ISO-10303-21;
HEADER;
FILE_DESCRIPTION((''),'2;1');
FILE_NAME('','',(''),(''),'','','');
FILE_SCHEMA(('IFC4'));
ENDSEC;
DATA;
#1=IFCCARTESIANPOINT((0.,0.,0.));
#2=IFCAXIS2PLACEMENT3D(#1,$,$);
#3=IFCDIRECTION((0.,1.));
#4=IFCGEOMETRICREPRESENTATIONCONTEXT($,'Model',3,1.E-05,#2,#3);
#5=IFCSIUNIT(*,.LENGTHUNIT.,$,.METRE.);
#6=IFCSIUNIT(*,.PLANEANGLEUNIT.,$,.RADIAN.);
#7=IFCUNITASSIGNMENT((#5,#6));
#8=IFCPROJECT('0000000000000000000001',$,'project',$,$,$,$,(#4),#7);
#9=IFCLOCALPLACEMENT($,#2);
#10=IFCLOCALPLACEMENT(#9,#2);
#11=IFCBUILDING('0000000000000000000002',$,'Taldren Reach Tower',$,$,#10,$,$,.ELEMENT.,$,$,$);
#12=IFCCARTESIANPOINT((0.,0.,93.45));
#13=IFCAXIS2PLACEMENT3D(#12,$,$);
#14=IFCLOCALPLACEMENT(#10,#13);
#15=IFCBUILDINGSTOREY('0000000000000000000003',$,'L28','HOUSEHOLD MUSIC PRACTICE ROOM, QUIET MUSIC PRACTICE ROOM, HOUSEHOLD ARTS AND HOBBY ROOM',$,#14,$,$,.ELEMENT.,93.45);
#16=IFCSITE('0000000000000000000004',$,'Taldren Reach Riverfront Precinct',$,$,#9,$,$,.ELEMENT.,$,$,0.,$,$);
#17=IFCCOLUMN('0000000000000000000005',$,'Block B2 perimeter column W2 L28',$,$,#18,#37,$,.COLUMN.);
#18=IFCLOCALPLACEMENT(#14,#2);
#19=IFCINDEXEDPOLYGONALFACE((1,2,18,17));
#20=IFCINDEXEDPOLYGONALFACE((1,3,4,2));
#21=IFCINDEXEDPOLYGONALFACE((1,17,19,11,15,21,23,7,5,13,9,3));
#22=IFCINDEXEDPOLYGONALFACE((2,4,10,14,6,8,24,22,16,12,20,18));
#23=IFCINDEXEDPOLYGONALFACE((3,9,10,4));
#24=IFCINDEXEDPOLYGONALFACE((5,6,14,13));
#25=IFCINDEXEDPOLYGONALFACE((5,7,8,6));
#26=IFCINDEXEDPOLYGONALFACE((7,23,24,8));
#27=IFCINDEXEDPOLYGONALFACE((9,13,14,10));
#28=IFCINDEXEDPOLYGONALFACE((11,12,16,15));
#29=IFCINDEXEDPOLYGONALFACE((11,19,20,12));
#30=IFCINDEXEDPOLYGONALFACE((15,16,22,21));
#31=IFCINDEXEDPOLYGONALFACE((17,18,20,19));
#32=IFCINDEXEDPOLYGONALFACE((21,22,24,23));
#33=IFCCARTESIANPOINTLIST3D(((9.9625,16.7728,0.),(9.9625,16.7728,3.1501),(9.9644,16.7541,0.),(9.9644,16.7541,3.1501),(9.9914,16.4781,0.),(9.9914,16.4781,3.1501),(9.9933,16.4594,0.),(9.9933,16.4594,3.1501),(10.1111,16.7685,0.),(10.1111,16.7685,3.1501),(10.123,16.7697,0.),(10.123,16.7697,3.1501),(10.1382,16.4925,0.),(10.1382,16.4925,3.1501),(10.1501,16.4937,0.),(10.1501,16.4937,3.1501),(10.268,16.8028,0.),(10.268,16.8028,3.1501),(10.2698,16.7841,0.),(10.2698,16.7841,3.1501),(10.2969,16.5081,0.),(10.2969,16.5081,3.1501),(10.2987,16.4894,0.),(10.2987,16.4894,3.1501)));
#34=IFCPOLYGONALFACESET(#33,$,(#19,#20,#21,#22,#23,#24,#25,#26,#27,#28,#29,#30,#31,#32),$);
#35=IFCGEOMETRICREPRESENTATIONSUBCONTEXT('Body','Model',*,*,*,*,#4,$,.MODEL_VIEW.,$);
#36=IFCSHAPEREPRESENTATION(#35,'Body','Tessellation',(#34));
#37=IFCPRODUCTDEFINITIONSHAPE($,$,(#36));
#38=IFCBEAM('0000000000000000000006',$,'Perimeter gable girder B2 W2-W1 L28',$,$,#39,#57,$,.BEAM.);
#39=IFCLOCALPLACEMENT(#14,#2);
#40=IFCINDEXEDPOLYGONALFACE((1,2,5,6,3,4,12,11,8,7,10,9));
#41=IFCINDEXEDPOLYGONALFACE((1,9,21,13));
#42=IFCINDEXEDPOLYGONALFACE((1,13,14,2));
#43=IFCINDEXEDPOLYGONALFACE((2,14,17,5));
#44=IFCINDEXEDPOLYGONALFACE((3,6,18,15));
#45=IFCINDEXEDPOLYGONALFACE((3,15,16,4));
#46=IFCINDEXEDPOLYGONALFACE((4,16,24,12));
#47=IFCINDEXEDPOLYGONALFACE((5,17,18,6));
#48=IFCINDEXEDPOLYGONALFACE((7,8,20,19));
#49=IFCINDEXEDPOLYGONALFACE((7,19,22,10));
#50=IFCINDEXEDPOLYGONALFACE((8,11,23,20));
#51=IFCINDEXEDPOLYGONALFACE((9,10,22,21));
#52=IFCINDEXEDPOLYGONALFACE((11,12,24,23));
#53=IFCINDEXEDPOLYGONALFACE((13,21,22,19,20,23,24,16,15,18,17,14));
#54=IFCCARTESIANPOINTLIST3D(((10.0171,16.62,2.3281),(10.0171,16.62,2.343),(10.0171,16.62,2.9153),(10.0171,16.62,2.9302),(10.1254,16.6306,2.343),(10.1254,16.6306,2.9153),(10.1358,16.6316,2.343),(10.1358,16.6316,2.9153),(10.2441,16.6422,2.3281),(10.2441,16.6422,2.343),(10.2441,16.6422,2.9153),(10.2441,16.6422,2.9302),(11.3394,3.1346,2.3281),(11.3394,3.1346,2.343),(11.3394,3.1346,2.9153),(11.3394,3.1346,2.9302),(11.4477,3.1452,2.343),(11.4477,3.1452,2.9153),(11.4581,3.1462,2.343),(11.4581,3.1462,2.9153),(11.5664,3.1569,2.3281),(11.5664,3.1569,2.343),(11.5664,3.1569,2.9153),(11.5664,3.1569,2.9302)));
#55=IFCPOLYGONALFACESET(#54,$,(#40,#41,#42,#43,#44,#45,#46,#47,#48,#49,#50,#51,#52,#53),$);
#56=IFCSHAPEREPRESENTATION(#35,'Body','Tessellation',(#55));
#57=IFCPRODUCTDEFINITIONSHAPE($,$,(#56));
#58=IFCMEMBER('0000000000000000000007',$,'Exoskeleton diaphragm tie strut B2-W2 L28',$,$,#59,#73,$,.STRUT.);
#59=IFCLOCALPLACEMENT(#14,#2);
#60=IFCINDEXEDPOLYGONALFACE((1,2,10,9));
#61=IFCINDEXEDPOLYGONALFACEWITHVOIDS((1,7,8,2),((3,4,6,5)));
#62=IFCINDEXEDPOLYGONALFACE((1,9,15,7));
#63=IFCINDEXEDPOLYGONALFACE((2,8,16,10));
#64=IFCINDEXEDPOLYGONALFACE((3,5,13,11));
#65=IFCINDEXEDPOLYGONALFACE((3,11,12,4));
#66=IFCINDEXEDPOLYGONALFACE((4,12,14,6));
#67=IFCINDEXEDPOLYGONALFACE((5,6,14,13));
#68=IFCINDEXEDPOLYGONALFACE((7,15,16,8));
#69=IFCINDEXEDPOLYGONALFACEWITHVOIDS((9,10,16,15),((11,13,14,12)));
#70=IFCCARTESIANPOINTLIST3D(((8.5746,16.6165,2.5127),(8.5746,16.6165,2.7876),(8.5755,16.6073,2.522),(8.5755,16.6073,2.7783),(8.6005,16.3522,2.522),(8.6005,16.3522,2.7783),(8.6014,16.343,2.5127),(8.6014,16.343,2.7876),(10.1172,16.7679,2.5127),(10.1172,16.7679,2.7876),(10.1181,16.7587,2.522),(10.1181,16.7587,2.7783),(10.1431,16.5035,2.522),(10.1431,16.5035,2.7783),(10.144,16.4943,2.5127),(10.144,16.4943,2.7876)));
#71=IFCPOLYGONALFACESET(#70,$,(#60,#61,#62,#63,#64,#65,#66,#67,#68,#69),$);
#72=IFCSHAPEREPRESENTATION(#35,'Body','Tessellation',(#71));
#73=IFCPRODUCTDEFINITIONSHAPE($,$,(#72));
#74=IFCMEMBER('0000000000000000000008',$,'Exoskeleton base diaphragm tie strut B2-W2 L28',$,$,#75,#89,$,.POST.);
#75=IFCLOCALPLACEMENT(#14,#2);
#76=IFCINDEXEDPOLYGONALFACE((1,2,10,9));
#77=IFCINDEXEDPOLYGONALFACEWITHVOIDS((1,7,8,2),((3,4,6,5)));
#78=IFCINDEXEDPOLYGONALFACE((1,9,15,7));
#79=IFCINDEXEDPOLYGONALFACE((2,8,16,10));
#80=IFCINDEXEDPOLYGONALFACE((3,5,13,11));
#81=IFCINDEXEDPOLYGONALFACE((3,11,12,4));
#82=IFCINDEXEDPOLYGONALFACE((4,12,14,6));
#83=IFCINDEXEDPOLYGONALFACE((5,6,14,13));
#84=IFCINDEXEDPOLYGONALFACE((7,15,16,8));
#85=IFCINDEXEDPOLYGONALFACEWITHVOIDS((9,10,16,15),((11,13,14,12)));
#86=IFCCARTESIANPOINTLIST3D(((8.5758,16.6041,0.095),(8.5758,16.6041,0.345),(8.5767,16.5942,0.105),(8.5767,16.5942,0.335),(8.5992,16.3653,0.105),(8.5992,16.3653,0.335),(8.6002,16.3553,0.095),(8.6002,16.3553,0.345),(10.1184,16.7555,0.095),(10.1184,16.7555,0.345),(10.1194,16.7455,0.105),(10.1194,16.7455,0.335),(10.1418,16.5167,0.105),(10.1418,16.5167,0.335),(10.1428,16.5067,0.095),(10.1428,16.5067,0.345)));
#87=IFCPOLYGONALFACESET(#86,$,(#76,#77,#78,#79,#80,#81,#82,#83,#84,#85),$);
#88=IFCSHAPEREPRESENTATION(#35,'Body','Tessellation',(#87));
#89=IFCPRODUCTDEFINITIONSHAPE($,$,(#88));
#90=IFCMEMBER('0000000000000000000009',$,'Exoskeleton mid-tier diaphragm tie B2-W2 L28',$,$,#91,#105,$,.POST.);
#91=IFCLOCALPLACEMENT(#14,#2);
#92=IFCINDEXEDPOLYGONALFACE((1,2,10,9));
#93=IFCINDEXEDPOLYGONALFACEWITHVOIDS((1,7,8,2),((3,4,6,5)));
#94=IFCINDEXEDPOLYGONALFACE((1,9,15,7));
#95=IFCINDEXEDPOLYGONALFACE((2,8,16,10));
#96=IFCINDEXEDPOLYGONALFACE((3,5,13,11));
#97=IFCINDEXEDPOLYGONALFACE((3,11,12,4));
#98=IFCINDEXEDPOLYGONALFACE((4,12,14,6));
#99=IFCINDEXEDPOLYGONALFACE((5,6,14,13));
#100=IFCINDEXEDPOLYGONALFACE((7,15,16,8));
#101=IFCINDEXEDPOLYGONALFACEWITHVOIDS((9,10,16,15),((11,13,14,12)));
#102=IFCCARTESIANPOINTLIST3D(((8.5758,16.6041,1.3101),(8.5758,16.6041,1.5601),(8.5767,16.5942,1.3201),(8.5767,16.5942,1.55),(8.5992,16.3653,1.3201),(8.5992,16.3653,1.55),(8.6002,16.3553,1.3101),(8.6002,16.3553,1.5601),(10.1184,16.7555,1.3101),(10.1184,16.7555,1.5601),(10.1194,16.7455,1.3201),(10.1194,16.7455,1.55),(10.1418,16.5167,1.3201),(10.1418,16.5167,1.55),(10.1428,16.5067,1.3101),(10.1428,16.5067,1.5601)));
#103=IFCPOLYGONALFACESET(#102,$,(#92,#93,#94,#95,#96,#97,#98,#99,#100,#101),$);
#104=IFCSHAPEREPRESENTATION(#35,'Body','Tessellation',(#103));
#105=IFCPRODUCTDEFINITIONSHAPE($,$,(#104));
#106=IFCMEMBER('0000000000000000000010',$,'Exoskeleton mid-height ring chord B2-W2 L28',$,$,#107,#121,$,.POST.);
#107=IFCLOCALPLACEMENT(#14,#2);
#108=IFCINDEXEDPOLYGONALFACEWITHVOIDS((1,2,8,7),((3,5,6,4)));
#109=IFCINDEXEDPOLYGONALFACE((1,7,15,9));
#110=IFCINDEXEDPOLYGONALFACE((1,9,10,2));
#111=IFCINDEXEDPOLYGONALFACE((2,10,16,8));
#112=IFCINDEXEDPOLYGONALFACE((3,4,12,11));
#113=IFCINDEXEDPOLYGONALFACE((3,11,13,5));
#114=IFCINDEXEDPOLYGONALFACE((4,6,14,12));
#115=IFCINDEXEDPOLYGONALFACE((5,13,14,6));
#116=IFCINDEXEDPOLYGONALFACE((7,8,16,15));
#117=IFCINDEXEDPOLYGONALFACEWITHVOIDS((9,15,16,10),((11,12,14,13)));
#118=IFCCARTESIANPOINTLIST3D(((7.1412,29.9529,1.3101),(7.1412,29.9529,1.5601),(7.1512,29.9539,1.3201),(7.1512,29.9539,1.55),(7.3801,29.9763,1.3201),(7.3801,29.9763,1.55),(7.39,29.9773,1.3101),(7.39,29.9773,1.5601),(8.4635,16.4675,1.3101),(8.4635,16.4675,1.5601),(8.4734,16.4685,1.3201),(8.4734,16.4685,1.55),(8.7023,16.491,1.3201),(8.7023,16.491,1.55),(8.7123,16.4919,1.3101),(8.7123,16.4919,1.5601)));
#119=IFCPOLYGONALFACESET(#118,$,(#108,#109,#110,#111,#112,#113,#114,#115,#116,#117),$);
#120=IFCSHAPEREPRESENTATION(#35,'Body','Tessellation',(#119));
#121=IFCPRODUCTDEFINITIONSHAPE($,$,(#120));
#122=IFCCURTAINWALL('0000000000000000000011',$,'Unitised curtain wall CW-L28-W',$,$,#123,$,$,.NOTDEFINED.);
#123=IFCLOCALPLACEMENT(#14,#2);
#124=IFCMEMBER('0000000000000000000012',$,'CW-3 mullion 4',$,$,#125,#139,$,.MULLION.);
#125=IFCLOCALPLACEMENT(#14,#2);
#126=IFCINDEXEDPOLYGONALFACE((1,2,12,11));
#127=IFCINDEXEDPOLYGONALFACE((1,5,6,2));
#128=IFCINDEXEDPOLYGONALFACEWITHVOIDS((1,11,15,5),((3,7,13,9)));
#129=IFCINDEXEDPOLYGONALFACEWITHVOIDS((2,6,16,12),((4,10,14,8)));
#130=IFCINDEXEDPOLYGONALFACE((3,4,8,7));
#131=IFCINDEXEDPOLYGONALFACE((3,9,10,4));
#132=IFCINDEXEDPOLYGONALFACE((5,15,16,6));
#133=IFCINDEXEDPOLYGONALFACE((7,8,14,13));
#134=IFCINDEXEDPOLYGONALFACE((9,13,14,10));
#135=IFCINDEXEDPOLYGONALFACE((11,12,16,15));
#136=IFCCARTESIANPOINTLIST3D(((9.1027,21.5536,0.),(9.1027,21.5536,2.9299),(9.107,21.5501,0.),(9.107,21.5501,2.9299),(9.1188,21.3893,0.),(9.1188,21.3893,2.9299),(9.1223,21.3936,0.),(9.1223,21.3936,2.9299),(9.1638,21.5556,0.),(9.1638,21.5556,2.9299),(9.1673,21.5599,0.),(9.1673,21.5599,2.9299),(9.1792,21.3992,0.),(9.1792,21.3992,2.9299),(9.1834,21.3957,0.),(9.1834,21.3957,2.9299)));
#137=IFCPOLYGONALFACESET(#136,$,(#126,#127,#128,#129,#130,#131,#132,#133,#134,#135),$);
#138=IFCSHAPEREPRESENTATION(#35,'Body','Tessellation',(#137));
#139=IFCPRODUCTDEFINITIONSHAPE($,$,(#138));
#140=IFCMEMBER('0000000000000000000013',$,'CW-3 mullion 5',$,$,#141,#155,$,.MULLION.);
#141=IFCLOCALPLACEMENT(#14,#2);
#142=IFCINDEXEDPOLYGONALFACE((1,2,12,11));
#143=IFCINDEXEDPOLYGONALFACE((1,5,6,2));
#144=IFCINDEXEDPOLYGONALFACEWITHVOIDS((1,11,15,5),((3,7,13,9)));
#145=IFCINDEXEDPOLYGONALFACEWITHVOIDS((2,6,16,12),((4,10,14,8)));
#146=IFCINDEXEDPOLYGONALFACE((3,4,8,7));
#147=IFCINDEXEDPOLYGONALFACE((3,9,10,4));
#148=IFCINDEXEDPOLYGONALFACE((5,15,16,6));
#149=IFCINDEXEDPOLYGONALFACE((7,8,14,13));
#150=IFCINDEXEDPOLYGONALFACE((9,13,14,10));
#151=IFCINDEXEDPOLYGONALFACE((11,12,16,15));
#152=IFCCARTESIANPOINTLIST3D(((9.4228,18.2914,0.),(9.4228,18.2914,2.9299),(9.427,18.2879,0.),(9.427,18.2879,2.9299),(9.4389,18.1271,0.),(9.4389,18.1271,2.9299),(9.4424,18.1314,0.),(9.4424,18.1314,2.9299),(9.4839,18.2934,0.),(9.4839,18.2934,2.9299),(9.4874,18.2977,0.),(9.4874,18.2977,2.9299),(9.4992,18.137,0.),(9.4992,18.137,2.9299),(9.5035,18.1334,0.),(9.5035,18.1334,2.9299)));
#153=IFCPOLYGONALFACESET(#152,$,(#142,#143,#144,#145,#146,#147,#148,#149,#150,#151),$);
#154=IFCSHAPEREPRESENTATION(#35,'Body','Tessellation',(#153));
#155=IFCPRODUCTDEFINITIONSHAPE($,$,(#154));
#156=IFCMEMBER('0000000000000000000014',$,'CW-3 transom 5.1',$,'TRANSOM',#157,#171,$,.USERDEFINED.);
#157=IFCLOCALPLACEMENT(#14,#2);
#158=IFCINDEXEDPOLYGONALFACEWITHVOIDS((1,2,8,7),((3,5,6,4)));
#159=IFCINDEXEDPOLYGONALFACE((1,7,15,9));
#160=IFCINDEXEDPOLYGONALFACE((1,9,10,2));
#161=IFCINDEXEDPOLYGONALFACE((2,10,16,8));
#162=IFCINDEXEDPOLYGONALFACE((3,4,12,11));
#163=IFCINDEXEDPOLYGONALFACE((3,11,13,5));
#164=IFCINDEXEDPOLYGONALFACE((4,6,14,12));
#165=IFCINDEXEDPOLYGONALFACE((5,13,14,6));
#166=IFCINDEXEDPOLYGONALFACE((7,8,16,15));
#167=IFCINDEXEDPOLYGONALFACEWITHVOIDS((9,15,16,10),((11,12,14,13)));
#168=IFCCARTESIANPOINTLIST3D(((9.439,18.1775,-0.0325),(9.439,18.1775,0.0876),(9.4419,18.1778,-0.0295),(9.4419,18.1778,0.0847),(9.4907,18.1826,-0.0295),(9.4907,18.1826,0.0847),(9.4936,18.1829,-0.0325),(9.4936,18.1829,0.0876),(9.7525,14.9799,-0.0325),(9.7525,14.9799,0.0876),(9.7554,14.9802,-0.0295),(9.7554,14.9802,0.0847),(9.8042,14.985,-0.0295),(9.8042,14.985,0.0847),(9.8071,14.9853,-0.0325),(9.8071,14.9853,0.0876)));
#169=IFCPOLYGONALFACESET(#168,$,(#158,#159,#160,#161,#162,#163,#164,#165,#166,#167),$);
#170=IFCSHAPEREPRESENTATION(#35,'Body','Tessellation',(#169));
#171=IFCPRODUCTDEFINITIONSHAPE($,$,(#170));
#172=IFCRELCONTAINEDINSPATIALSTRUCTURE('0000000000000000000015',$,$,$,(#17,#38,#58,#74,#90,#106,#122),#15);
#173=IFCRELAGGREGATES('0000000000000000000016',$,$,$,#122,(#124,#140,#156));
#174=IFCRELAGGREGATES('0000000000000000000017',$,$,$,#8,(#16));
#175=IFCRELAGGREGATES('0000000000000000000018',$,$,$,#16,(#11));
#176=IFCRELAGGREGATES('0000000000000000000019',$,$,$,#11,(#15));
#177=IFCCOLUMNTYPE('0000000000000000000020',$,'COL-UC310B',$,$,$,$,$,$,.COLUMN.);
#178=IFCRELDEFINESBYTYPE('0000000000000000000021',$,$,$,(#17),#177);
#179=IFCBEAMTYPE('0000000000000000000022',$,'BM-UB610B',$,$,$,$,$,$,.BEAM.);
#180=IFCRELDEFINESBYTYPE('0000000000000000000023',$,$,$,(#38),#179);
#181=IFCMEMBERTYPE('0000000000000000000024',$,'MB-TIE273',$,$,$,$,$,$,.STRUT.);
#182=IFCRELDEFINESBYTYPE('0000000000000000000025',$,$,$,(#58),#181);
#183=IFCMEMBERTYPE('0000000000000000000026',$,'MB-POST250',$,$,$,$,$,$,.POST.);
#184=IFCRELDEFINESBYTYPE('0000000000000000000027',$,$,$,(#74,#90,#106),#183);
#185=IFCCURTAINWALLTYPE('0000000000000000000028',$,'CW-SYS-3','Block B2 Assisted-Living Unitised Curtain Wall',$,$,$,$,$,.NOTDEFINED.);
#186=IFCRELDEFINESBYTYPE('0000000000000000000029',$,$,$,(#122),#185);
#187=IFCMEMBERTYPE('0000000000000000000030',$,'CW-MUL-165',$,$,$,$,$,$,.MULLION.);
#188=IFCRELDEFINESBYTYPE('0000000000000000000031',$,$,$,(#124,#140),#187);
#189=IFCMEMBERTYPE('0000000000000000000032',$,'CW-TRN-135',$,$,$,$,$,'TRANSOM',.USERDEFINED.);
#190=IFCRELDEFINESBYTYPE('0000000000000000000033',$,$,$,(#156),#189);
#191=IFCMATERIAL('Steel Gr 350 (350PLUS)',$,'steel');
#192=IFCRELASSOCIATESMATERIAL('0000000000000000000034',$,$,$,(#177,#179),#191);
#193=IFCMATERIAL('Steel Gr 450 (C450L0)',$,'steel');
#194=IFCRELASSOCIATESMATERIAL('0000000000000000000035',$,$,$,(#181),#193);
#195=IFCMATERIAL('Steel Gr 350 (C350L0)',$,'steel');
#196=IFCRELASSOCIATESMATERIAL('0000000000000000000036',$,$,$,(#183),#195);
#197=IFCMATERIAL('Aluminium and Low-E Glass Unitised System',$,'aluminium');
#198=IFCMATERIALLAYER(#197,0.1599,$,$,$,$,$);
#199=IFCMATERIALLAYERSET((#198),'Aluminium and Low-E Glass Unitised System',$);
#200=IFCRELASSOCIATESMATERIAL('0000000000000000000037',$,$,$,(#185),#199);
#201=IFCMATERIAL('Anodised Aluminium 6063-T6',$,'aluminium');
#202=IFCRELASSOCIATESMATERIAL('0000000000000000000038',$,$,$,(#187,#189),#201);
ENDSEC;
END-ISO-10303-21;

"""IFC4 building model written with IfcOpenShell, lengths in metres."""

from ifc_helpers import new_model, si_unit, direction, frame, origin, origin_2d, place, context, subcontext, project, spatial, hollow_rectangle, i_section, extrude, source, transform, mapped, material, layer, layer_set, material_profile, profile_set, type_object, element, aggregate, save


model = new_model("IFC4")

# Units and contexts
model_context = context("Model", 3, precision=1e-05, world=origin(), true_north=direction((0.0, 1.0)))
body_context = subcontext(model_context, "Body", "Model", "MODEL_VIEW")
ifc_project = project(units=[si_unit("LENGTHUNIT", "METRE"), si_unit("PLANEANGLEUNIT", "RADIAN")], contexts=[model_context])

# Site, building, storey
site_placement = place(None, origin())
site = spatial("IfcSite", under=ifc_project, at=site_placement, Name="Taldren Reach Riverfront Precinct", CompositionType="ELEMENT", RefElevation=0.0)
building_placement = place(site_placement, origin())
building = spatial("IfcBuilding", under=site, at=building_placement, Name="Taldren Reach Tower", CompositionType="ELEMENT")
storey_placement = place(building_placement, frame((0.0, 0.0, 93.45)))
storey = spatial("IfcBuildingStorey", under=building, at=storey_placement, Name="L28", Description="HOUSEHOLD MUSIC PRACTICE ROOM, QUIET MUSIC PRACTICE ROOM, HOUSEHOLD ARTS AND HOBBY ROOM", CompositionType="ELEMENT", Elevation=93.45)

# Column
ifc_material_1 = material(Name="Steel Gr 350 (350PLUS)", Category="steel")
ifc_material_profile_1 = material_profile(ifc_material_1, i_section(OverallWidth=0.3069, OverallDepth=0.3149, WebThickness=0.012, FlangeThickness=0.0188, at=origin_2d()), Name="310UC118")
ifc_profile_set_1 = profile_set([ifc_material_profile_1], Name="Steel Gr 350 (350PLUS)")
column_type = type_object("IfcColumnType", Name="COL-UC310B", PredefinedType="COLUMN", material=ifc_profile_set_1)
shared_shape_1 = source(origin(), body_context, "Body", "SweptSolid", [
    extrude(i_section(OverallWidth=0.3069, OverallDepth=0.3149, WebThickness=0.012, FlangeThickness=0.0188, at=origin_2d()), origin(), (0.0, 0.0, 1.0), 3.1501),
])
column_placement = place(storey_placement, frame((10.1306, 16.6311, 0.0), z_axis=(0.0, 0.0, 1.0), x_axis=(0.995227, 0.097583, 0.0)))
element("IfcColumn", 1, at=column_placement, inside=storey, type_object=column_type, Name="Block B2 perimeter column W2 L28", PredefinedType="COLUMN", context=body_context, shape_type="MappedRepresentation", body=[
    mapped(shared_shape_1, transform((0.0, 0.0, 0.0), scale=1.0)),
])

# Beam
ifc_material_profile_2 = material_profile(ifc_material_1, i_section(OverallWidth=0.228, OverallDepth=0.6021, WebThickness=0.0105, FlangeThickness=0.0149, at=origin_2d()), Name="610UB101")
ifc_profile_set_2 = profile_set([ifc_material_profile_2], Name="Steel Gr 350 (350PLUS)")
beam_type = type_object("IfcBeamType", Name="BM-UB610B", PredefinedType="BEAM", material=ifc_profile_set_2)
shared_shape_2 = source(origin(), body_context, "Body", "SweptSolid", [
    extrude(i_section(OverallWidth=0.228, OverallDepth=0.6021, WebThickness=0.0105, FlangeThickness=0.0149, at=origin_2d()), origin(), (0.0, 0.0, 1.0), 13.55),
])
beam_placement = place(storey_placement, frame((10.1306, 16.6311, 2.6292), z_axis=(0.097584, -0.995227, 0.0), x_axis=(0.995227, 0.097584, 0.0)))
element("IfcBeam", 2, at=beam_placement, inside=storey, type_object=beam_type, Name="Perimeter gable girder B2 W2-W1 L28", PredefinedType="BEAM", context=body_context, shape_type="MappedRepresentation", body=[
    mapped(shared_shape_2, transform((0.0, 0.0, 0.0), scale=1.0)),
])

# Members
ifc_material_2 = material(Name="Steel Gr 450 (C450L0)", Category="steel")
ifc_material_profile_3 = material_profile(ifc_material_2, hollow_rectangle(XDim=0.2749, YDim=0.2749, WallThickness=0.0093, at=origin_2d()), Name="275x275x9.3SHS")
ifc_profile_set_3 = profile_set([ifc_material_profile_3], Name="Steel Gr 450 (C450L0)")
member_type_1 = type_object("IfcMemberType", Name="MB-TIE273", PredefinedType="STRUT", material=ifc_profile_set_3)
shared_shape_3 = source(origin(), body_context, "Body", "SweptSolid", [
    extrude(hollow_rectangle(XDim=0.2749, YDim=0.2749, WallThickness=0.0093, at=origin_2d()), origin(), (0.0, 0.0, 1.0), 1.55),
])
member_1_placement = place(storey_placement, frame((10.1306, 16.6311, 2.6501), z_axis=(-0.995221, -0.097648, 0.0), x_axis=(0.097648, -0.995221, 0.0)))
element("IfcMember", 3, at=member_1_placement, inside=storey, type_object=member_type_1, Name="Exoskeleton diaphragm tie strut B2-W2 L28", PredefinedType="STRUT", context=body_context, shape_type="MappedRepresentation", body=[
    mapped(shared_shape_3, transform((0.0, 0.0, 0.0), scale=1.0)),
])
ifc_material_3 = material(Name="Steel Gr 350 (C350L0)", Category="steel")
ifc_material_profile_4 = material_profile(ifc_material_3, hollow_rectangle(XDim=0.25, YDim=0.25, WallThickness=0.01, at=origin_2d()), Name="250x250x10.0SHS")
ifc_profile_set_4 = profile_set([ifc_material_profile_4], Name="Steel Gr 350 (C350L0)")
member_type_2 = type_object("IfcMemberType", Name="MB-POST250", PredefinedType="POST", material=ifc_profile_set_4)
shared_shape_4 = source(origin(), body_context, "Body", "SweptSolid", [
    extrude(hollow_rectangle(XDim=0.25, YDim=0.25, WallThickness=0.01, at=origin_2d()), origin(), (0.0, 0.0, 1.0), 1.55),
])
for number, where, z_axis, x_axis, name in (
    (4, (10.1306, 16.6311, 0.22), (-0.995221, -0.097648, 0.0), (0.097648, -0.995221, 0.0), "Exoskeleton base diaphragm tie strut B2-W2 L28"),
    (5, (10.1306, 16.6311, 1.4351), (-0.995221, -0.097648, 0.0), (0.097648, -0.995221, 0.0), "Exoskeleton mid-tier diaphragm tie B2-W2 L28"),
):
    element("IfcMember", number, at=place(storey_placement, frame(where, z_axis=z_axis, x_axis=x_axis)), inside=storey, type_object=member_type_2, Name=name, PredefinedType="POST", context=body_context, shape_type="MappedRepresentation", body=[
        mapped(shared_shape_4, transform((0.0, 0.0, 0.0), scale=1.0)),
    ])
shared_shape_5 = source(origin(), body_context, "Body", "SweptSolid", [
    extrude(hollow_rectangle(XDim=0.25, YDim=0.25, WallThickness=0.01, at=origin_2d()), origin(), (0.0, 0.0, 1.0), 13.55),
])
member_2_placement = place(storey_placement, frame((8.5879, 16.4797, 1.4351), z_axis=(-0.097584, 0.995227, 0.0), x_axis=(-0.995227, -0.097584, 0.0)))
element("IfcMember", 6, at=member_2_placement, inside=storey, type_object=member_type_2, Name="Exoskeleton mid-height ring chord B2-W2 L28", PredefinedType="POST", context=body_context, shape_type="MappedRepresentation", body=[
    mapped(shared_shape_5, transform((0.0, 0.0, 0.0), scale=1.0)),
])

# Curtain wall, members
ifc_material_4 = material(Name="Aluminium and Low-E Glass Unitised System", Category="aluminium")
ifc_layer_1 = layer(ifc_material_4, 0.1599)
ifc_layer_set_1 = layer_set([ifc_layer_1], Name="Aluminium and Low-E Glass Unitised System")
curtain_wall_type = type_object("IfcCurtainWallType", Name="CW-SYS-3", Description="Block B2 Assisted-Living Unitised Curtain Wall", PredefinedType="NOTDEFINED", material=ifc_layer_set_1)
curtain_wall_placement = place(storey_placement, origin())
curtain_wall = element("IfcCurtainWall", 7, at=curtain_wall_placement, inside=storey, type_object=curtain_wall_type, Name="Unitised curtain wall CW-L28-W", PredefinedType="NOTDEFINED")
ifc_material_5 = material(Name="Anodised Aluminium 6063-T6", Category="aluminium")
ifc_material_profile_5 = material_profile(ifc_material_5, hollow_rectangle(XDim=0.0649, YDim=0.165, WallThickness=0.0039, at=origin_2d()), Name="ALU-165x65x4RHS")
ifc_profile_set_5 = profile_set([ifc_material_profile_5], Name="Anodised Aluminium 6063-T6")
member_type_3 = type_object("IfcMemberType", Name="CW-MUL-165", PredefinedType="MULLION", material=ifc_profile_set_5)
shared_shape_6 = source(origin(), body_context, "Body", "SweptSolid", [
    extrude(hollow_rectangle(XDim=0.0649, YDim=0.165, WallThickness=0.0039, at=origin_2d()), origin(), (0.0, 0.0, 1.0), 2.9299),
])
member_3_placement = place(storey_placement, frame((9.1431, 21.4746, 0.0), z_axis=(0.0, 0.0, 1.0), x_axis=(0.995227, 0.097583, 0.0)))
member_3 = element("IfcMember", 8, at=member_3_placement, type_object=member_type_3, Name="CW-3 mullion 4", PredefinedType="MULLION", context=body_context, shape_type="MappedRepresentation", body=[
    mapped(shared_shape_6, transform((0.0, 0.0, 0.0), scale=1.0)),
])
member_4_placement = place(storey_placement, frame((9.4631, 18.2124, 0.0), z_axis=(0.0, 0.0, 1.0), x_axis=(0.995227, 0.097583, 0.0)))
member_4 = element("IfcMember", 9, at=member_4_placement, type_object=member_type_3, Name="CW-3 mullion 5", PredefinedType="MULLION", context=body_context, shape_type="MappedRepresentation", body=[
    mapped(shared_shape_6, transform((0.0, 0.0, 0.0), scale=1.0)),
])
ifc_material_profile_6 = material_profile(ifc_material_5, hollow_rectangle(XDim=0.0549, YDim=0.1201, WallThickness=0.0029, at=origin_2d()), Name="ALU-120x55x3RHS")
ifc_profile_set_6 = profile_set([ifc_material_profile_6], Name="Anodised Aluminium 6063-T6")
member_type_4 = type_object("IfcMemberType", Name="CW-TRN-135", ElementType="TRANSOM", PredefinedType="USERDEFINED", material=ifc_profile_set_6)
shared_shape_7 = source(origin(), body_context, "Body", "SweptSolid", [
    extrude(hollow_rectangle(XDim=0.0549, YDim=0.1201, WallThickness=0.0029, at=origin_2d()), origin(), (0.0, 0.0, 1.0), 3.2129),
])
member_5_placement = place(storey_placement, frame((9.4663, 18.1802, 0.0276), z_axis=(0.09757, -0.995229, 0.0), x_axis=(0.995229, 0.09757, 0.0)))
member_5 = element("IfcMember", 10, at=member_5_placement, type_object=member_type_4, Name="CW-3 transom 5.1", ObjectType="TRANSOM", PredefinedType="USERDEFINED", context=body_context, shape_type="MappedRepresentation", body=[
    mapped(shared_shape_7, transform((0.0, 0.0, 0.0), scale=1.0)),
])

aggregate(curtain_wall, [member_3, member_4, member_5])

save(model, "model.ifc")
